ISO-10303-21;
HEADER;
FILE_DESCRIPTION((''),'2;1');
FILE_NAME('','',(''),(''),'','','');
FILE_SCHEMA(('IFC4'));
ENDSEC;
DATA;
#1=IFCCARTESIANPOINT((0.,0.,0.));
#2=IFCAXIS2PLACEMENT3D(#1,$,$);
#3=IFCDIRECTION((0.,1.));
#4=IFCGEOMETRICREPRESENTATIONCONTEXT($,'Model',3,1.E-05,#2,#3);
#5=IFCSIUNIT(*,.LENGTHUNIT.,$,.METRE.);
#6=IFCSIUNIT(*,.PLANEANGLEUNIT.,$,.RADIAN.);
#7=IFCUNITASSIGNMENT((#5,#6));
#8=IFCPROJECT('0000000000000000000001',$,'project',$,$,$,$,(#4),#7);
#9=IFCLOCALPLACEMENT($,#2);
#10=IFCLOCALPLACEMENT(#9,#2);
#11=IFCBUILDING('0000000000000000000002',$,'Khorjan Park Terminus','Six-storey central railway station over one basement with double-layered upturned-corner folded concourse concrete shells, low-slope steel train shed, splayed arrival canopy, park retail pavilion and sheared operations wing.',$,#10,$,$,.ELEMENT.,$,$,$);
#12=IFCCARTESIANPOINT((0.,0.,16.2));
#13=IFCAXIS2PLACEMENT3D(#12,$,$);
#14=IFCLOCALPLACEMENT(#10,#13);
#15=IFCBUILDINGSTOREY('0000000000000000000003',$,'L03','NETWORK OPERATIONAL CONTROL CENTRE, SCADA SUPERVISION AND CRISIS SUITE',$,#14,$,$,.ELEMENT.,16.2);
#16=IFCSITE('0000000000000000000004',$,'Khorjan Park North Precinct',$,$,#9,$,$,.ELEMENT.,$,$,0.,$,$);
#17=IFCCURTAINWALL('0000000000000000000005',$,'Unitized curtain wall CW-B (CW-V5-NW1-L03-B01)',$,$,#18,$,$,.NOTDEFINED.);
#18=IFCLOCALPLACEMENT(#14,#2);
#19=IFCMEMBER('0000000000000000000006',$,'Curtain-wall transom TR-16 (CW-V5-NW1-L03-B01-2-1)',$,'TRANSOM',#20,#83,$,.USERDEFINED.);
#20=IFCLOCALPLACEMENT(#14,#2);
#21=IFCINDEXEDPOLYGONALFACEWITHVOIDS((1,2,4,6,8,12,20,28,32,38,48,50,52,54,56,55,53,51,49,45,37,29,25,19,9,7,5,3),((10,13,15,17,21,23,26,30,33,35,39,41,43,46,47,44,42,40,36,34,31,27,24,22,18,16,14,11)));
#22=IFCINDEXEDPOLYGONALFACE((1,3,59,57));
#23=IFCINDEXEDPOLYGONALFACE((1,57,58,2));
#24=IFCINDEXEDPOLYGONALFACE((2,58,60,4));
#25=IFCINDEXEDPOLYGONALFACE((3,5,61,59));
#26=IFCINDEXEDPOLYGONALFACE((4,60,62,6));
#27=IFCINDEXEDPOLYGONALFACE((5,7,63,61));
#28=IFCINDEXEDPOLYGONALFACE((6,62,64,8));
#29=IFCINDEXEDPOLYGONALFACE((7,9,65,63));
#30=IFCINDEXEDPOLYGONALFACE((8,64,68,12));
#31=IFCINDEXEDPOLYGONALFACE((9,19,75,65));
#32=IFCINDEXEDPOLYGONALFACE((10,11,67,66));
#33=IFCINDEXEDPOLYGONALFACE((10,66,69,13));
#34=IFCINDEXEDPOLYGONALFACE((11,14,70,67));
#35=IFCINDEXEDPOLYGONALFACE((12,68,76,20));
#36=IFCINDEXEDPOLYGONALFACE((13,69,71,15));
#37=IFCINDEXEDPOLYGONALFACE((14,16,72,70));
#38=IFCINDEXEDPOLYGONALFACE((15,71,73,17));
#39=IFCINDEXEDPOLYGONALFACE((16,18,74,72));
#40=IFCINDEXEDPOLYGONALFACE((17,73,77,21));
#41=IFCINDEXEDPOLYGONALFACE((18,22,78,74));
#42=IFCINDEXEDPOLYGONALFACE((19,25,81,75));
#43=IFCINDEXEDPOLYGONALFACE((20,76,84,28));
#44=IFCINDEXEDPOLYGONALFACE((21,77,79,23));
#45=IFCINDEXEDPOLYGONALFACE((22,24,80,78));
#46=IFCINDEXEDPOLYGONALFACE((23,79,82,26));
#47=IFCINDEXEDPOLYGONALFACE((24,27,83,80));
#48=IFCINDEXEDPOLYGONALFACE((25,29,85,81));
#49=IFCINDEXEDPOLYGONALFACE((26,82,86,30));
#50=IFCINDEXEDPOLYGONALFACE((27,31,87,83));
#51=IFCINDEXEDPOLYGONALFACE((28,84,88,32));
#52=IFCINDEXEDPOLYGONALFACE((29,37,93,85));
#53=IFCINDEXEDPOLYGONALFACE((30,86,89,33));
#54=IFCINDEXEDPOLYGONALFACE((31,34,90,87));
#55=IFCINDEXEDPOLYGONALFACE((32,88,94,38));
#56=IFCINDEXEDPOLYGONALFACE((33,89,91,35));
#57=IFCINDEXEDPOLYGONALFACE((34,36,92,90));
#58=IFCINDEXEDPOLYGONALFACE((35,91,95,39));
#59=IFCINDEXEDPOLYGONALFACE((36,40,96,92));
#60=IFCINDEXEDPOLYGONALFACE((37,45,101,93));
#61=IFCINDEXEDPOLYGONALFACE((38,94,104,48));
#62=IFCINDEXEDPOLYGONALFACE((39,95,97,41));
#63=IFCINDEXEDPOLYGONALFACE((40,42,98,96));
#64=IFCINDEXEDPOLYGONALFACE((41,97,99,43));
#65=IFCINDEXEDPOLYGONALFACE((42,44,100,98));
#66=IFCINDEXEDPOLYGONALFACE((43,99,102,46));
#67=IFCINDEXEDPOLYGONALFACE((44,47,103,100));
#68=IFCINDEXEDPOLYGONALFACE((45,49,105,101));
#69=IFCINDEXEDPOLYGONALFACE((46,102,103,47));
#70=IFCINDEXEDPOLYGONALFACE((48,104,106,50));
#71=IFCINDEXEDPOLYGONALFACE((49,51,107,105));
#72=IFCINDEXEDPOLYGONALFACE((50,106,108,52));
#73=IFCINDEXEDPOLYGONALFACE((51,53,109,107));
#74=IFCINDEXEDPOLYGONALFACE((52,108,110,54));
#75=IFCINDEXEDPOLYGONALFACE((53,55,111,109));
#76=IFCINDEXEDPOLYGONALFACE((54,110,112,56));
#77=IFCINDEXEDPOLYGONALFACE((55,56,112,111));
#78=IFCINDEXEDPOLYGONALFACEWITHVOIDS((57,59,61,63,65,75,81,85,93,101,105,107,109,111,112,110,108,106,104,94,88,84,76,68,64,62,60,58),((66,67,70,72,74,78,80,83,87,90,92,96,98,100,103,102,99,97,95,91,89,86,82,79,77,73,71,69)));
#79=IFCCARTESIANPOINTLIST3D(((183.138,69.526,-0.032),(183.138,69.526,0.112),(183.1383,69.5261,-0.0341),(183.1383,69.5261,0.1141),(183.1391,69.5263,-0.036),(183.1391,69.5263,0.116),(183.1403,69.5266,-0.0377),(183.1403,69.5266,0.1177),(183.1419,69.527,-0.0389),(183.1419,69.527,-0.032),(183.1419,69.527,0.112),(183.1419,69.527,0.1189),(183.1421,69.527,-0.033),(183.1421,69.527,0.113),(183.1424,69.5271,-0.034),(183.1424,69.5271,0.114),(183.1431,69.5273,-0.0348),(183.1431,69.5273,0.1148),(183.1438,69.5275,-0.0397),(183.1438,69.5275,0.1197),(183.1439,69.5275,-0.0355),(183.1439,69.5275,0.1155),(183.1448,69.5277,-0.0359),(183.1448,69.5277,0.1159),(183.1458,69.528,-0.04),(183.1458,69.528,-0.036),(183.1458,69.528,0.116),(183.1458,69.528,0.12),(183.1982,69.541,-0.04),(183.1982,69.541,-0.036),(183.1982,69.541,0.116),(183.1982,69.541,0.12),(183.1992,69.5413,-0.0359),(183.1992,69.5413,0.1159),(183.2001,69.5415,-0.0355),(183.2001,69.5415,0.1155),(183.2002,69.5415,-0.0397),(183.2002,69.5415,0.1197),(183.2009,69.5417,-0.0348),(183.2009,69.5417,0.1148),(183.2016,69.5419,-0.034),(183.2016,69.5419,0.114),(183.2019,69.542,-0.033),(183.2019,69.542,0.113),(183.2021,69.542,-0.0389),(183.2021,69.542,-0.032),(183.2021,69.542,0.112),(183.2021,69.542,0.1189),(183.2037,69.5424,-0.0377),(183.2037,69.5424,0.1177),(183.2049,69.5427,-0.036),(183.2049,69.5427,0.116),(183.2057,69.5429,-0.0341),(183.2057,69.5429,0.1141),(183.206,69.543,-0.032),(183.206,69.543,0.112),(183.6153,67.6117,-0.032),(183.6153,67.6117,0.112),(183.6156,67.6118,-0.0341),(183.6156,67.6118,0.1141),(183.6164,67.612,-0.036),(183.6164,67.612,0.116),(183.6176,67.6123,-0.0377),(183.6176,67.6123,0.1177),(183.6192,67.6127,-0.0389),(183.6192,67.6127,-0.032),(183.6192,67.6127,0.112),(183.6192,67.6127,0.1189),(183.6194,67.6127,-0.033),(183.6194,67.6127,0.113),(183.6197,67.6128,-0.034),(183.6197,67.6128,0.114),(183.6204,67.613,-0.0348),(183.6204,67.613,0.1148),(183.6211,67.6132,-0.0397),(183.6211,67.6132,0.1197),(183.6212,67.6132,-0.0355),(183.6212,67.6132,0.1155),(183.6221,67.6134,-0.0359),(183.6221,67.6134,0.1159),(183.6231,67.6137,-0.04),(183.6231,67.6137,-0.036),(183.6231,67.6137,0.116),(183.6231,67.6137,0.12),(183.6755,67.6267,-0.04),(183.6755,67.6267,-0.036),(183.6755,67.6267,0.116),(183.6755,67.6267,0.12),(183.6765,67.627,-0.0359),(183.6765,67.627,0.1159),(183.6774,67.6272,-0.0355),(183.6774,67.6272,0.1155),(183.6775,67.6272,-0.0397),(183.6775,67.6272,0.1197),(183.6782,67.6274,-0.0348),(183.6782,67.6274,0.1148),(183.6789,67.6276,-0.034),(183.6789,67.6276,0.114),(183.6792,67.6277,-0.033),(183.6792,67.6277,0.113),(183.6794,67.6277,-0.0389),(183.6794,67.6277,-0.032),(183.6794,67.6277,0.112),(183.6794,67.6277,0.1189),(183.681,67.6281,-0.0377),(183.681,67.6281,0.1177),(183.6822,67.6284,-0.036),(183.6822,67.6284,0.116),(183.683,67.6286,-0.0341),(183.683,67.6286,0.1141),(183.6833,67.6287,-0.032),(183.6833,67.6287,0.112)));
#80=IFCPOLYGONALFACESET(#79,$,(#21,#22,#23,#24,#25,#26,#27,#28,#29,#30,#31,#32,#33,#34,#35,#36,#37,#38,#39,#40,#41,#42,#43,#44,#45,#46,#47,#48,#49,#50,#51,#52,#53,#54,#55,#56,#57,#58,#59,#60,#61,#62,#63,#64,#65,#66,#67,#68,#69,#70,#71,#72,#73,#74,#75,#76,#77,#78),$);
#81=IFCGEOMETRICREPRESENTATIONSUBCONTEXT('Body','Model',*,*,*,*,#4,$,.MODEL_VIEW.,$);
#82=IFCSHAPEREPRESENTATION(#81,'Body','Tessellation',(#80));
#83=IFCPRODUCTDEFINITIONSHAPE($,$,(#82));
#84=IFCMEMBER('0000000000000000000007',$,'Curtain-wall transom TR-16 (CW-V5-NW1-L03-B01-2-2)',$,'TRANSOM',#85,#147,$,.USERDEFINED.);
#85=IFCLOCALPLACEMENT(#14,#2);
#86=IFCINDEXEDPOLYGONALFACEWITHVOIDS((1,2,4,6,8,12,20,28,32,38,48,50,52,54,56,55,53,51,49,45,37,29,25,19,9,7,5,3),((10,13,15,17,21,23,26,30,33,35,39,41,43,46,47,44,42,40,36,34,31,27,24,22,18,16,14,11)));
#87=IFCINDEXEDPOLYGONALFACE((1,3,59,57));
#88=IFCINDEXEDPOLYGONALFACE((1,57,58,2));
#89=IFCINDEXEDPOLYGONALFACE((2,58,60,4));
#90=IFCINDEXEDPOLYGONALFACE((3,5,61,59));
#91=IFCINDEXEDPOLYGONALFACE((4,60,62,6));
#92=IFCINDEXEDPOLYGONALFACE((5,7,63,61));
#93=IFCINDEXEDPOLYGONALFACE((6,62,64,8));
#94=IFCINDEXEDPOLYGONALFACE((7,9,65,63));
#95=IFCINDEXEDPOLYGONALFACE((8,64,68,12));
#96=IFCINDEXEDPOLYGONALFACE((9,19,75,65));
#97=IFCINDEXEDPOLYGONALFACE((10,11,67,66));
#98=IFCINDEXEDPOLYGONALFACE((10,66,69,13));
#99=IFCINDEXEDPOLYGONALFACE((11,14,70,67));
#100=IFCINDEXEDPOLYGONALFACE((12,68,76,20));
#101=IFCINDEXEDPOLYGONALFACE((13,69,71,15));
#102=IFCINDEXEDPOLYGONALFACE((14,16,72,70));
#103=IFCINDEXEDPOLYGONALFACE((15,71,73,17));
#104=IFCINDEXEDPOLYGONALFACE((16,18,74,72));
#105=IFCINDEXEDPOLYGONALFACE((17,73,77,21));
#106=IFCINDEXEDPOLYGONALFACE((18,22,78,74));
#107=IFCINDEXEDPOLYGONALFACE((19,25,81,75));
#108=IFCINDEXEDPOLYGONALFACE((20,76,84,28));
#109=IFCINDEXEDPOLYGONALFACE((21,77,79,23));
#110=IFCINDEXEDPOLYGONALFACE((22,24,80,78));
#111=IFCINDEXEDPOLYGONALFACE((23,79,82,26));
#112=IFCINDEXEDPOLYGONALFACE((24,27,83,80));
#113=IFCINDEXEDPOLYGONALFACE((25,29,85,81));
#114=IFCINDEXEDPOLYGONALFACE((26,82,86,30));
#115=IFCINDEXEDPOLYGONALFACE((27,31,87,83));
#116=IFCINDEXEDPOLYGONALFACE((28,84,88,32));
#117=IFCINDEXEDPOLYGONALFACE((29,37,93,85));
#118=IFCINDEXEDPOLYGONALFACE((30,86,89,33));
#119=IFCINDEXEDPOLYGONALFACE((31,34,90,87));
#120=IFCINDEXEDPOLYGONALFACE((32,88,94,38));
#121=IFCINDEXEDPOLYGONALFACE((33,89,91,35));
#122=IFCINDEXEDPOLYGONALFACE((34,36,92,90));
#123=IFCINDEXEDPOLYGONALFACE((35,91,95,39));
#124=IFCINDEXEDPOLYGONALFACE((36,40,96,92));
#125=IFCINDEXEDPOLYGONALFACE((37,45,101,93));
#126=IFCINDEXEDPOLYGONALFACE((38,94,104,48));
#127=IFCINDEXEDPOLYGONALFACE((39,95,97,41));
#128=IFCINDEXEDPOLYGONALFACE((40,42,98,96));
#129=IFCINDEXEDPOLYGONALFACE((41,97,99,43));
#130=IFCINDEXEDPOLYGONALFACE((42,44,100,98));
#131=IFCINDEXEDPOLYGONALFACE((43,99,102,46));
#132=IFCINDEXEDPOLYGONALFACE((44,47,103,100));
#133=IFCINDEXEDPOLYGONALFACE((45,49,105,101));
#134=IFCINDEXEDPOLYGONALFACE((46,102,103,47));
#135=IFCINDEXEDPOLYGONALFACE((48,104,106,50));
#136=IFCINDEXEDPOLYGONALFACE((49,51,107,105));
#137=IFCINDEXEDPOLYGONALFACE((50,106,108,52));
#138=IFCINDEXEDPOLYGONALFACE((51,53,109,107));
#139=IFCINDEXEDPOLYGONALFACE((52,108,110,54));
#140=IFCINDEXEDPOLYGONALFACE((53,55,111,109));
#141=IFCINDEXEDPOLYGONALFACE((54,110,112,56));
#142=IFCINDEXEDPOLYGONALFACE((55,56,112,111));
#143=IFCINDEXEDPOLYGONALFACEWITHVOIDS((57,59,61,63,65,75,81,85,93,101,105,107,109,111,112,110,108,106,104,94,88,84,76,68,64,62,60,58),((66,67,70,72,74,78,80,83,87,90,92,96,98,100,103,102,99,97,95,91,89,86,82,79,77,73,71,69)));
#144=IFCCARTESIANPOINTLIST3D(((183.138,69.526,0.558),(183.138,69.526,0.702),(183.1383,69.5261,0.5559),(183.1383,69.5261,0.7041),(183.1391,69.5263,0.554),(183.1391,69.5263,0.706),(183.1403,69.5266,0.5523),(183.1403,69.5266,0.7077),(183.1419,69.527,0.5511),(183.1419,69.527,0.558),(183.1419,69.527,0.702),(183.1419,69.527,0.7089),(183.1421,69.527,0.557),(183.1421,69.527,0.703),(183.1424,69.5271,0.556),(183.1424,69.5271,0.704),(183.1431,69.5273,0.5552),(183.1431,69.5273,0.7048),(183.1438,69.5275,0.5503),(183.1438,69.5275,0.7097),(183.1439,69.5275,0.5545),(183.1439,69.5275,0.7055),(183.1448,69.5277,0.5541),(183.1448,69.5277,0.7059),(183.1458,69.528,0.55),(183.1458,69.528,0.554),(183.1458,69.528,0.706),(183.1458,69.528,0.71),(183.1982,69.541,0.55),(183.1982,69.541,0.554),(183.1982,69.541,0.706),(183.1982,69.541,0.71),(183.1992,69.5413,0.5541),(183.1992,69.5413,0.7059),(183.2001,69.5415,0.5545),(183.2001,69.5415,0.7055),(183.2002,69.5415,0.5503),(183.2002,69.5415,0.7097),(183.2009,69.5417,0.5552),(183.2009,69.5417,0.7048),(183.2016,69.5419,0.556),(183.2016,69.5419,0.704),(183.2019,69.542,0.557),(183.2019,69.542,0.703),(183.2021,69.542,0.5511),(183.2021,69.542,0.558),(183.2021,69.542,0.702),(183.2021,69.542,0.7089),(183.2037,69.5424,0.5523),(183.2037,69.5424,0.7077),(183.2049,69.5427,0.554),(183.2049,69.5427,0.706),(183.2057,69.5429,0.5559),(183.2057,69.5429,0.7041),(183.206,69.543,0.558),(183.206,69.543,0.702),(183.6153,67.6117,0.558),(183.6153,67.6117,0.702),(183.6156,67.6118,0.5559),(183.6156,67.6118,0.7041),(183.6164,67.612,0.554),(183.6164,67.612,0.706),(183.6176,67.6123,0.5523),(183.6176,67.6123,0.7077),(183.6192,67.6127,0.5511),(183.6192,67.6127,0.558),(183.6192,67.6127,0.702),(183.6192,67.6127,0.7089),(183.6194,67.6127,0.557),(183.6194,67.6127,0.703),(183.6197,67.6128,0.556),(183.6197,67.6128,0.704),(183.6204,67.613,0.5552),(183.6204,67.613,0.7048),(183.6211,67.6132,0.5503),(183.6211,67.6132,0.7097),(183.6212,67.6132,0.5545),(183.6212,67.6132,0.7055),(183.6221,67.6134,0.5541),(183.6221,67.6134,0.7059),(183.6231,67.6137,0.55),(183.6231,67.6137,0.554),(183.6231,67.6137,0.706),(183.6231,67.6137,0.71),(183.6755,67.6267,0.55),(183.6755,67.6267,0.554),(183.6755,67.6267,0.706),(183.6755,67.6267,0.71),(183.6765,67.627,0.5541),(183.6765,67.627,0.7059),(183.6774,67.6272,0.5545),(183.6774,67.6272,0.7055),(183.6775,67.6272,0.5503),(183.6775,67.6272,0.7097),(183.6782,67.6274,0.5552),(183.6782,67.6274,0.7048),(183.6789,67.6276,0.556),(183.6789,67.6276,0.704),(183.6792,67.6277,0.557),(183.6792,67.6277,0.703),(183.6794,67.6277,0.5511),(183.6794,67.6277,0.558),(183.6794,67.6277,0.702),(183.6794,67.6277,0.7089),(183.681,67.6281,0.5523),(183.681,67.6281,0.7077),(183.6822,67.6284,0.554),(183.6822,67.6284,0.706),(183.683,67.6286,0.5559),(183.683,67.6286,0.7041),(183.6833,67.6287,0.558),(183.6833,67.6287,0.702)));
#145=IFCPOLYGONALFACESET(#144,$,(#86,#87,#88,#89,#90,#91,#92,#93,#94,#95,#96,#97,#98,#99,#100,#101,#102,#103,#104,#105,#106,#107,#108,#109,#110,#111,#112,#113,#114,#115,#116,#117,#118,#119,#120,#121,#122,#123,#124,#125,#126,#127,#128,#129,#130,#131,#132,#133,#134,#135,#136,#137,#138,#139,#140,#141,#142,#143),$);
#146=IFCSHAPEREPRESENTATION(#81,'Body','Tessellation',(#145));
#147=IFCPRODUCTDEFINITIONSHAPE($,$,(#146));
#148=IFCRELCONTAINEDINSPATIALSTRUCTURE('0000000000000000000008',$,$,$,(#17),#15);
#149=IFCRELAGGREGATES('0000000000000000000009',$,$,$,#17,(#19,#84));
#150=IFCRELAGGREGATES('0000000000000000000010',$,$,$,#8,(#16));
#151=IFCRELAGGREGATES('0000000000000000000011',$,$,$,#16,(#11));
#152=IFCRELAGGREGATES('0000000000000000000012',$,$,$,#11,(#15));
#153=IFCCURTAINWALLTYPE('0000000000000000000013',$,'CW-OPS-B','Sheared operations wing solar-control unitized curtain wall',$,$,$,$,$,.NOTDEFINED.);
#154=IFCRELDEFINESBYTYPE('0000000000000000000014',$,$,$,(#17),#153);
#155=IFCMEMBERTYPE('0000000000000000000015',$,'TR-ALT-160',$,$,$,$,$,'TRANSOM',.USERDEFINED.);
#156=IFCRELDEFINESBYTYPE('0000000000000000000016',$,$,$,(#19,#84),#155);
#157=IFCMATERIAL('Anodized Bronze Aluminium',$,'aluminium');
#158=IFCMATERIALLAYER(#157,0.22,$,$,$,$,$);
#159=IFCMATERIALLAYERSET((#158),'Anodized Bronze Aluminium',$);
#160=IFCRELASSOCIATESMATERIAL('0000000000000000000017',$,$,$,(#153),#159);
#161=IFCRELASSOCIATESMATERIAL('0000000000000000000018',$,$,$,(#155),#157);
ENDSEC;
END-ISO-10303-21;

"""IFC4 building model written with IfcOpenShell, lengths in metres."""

from ifc_helpers import new_model, si_unit, direction, frame, origin, origin_2d, place, context, subcontext, project, spatial, hollow_rectangle, extrude, material, layer, layer_set, material_profile, profile_set, type_object, element, aggregate, save


model = new_model("IFC4")

# Units and contexts
model_context = context("Model", 3, precision=1e-05, world=origin(), true_north=direction((0.0, 1.0)))
body_context = subcontext(model_context, "Body", "Model", "MODEL_VIEW")
ifc_project = project(units=[si_unit("LENGTHUNIT", "METRE"), si_unit("PLANEANGLEUNIT", "RADIAN")], contexts=[model_context])

# Site, building, storey
site_placement = place(None, origin())
site = spatial("IfcSite", under=ifc_project, at=site_placement, Name="Khorjan Park North Precinct", CompositionType="ELEMENT", RefElevation=0.0)
building_placement = place(site_placement, origin())
building = spatial("IfcBuilding", under=site, at=building_placement, Name="Khorjan Park Terminus", Description="Six-storey central railway station over one basement with double-layered upturned-corner folded concourse concrete shells, low-slope steel train shed, splayed arrival canopy, park retail pavilion and sheared operations wing.", CompositionType="ELEMENT")
storey_placement = place(building_placement, frame((0.0, 0.0, 16.2)))
storey = spatial("IfcBuildingStorey", under=building, at=storey_placement, Name="L03", Description="NETWORK OPERATIONAL CONTROL CENTRE, SCADA SUPERVISION AND CRISIS SUITE", CompositionType="ELEMENT", Elevation=16.2)

# Shared definitions
ifc_material_1 = material(Name="Anodized Bronze Aluminium", Category="aluminium")
ifc_layer_1 = layer(ifc_material_1, 0.22)
ifc_layer_set_1 = layer_set([ifc_layer_1], Name="Anodized Bronze Aluminium")
curtain_wall_type = type_object("IfcCurtainWallType", Name="CW-OPS-B", Description="Sheared operations wing solar-control unitized curtain wall", PredefinedType="NOTDEFINED", material=ifc_layer_set_1)

# Curtain wall, members
curtain_wall_1_placement = place(storey_placement, origin())
curtain_wall_1 = element("IfcCurtainWall", 1, at=curtain_wall_1_placement, inside=storey, type_object=curtain_wall_type, Name="Unitized curtain wall CW-B (CW-V5-NW1-L03-B01)", PredefinedType="NOTDEFINED")
ifc_material_profile_1 = material_profile(ifc_material_1, hollow_rectangle(XDim=0.07, YDim=0.16, WallThickness=0.004, InnerFilletRadius=0.004, OuterFilletRadius=0.008, at=origin_2d()), Name="ALT 70x160x4")
ifc_profile_set_1 = profile_set([ifc_material_profile_1], Name="Anodized Bronze Aluminium")
member_type_1 = type_object("IfcMemberType", Name="TR-ALT-160", ElementType="TRANSOM", PredefinedType="USERDEFINED", material=ifc_profile_set_1)
member_1_placement = place(storey_placement, frame((183.172, 69.5345, 0.04), z_axis=(0.241927, -0.970294, 0.0), x_axis=(0.970294, 0.241927, 0.0)))
member_1 = element("IfcMember", 2, at=member_1_placement, type_object=member_type_1, Name="Curtain-wall transom TR-16 (CW-V5-NW1-L03-B01-2-1)", ObjectType="TRANSOM", PredefinedType="USERDEFINED", context=body_context, shape_type="SweptSolid", body=[
    extrude(hollow_rectangle(XDim=0.07, YDim=0.16, WallThickness=0.004, InnerFilletRadius=0.004, OuterFilletRadius=0.008, at=origin_2d()), origin(), (0.0, 0.0, 1.0), 1.9729),
])
member_2_placement = place(storey_placement, frame((183.172, 69.5345, 0.63), z_axis=(0.241927, -0.970294, 0.0), x_axis=(0.970294, 0.241927, 0.0)))
member_2 = element("IfcMember", 3, at=member_2_placement, type_object=member_type_1, Name="Curtain-wall transom TR-16 (CW-V5-NW1-L03-B01-2-2)", ObjectType="TRANSOM", PredefinedType="USERDEFINED", context=body_context, shape_type="SweptSolid", body=[
    extrude(hollow_rectangle(XDim=0.07, YDim=0.16, WallThickness=0.004, InnerFilletRadius=0.004, OuterFilletRadius=0.008, at=origin_2d()), origin(), (0.0, 0.0, 1.0), 1.9729),
])

aggregate(curtain_wall_1, [member_1, member_2])

save(model, "model.ifc")
